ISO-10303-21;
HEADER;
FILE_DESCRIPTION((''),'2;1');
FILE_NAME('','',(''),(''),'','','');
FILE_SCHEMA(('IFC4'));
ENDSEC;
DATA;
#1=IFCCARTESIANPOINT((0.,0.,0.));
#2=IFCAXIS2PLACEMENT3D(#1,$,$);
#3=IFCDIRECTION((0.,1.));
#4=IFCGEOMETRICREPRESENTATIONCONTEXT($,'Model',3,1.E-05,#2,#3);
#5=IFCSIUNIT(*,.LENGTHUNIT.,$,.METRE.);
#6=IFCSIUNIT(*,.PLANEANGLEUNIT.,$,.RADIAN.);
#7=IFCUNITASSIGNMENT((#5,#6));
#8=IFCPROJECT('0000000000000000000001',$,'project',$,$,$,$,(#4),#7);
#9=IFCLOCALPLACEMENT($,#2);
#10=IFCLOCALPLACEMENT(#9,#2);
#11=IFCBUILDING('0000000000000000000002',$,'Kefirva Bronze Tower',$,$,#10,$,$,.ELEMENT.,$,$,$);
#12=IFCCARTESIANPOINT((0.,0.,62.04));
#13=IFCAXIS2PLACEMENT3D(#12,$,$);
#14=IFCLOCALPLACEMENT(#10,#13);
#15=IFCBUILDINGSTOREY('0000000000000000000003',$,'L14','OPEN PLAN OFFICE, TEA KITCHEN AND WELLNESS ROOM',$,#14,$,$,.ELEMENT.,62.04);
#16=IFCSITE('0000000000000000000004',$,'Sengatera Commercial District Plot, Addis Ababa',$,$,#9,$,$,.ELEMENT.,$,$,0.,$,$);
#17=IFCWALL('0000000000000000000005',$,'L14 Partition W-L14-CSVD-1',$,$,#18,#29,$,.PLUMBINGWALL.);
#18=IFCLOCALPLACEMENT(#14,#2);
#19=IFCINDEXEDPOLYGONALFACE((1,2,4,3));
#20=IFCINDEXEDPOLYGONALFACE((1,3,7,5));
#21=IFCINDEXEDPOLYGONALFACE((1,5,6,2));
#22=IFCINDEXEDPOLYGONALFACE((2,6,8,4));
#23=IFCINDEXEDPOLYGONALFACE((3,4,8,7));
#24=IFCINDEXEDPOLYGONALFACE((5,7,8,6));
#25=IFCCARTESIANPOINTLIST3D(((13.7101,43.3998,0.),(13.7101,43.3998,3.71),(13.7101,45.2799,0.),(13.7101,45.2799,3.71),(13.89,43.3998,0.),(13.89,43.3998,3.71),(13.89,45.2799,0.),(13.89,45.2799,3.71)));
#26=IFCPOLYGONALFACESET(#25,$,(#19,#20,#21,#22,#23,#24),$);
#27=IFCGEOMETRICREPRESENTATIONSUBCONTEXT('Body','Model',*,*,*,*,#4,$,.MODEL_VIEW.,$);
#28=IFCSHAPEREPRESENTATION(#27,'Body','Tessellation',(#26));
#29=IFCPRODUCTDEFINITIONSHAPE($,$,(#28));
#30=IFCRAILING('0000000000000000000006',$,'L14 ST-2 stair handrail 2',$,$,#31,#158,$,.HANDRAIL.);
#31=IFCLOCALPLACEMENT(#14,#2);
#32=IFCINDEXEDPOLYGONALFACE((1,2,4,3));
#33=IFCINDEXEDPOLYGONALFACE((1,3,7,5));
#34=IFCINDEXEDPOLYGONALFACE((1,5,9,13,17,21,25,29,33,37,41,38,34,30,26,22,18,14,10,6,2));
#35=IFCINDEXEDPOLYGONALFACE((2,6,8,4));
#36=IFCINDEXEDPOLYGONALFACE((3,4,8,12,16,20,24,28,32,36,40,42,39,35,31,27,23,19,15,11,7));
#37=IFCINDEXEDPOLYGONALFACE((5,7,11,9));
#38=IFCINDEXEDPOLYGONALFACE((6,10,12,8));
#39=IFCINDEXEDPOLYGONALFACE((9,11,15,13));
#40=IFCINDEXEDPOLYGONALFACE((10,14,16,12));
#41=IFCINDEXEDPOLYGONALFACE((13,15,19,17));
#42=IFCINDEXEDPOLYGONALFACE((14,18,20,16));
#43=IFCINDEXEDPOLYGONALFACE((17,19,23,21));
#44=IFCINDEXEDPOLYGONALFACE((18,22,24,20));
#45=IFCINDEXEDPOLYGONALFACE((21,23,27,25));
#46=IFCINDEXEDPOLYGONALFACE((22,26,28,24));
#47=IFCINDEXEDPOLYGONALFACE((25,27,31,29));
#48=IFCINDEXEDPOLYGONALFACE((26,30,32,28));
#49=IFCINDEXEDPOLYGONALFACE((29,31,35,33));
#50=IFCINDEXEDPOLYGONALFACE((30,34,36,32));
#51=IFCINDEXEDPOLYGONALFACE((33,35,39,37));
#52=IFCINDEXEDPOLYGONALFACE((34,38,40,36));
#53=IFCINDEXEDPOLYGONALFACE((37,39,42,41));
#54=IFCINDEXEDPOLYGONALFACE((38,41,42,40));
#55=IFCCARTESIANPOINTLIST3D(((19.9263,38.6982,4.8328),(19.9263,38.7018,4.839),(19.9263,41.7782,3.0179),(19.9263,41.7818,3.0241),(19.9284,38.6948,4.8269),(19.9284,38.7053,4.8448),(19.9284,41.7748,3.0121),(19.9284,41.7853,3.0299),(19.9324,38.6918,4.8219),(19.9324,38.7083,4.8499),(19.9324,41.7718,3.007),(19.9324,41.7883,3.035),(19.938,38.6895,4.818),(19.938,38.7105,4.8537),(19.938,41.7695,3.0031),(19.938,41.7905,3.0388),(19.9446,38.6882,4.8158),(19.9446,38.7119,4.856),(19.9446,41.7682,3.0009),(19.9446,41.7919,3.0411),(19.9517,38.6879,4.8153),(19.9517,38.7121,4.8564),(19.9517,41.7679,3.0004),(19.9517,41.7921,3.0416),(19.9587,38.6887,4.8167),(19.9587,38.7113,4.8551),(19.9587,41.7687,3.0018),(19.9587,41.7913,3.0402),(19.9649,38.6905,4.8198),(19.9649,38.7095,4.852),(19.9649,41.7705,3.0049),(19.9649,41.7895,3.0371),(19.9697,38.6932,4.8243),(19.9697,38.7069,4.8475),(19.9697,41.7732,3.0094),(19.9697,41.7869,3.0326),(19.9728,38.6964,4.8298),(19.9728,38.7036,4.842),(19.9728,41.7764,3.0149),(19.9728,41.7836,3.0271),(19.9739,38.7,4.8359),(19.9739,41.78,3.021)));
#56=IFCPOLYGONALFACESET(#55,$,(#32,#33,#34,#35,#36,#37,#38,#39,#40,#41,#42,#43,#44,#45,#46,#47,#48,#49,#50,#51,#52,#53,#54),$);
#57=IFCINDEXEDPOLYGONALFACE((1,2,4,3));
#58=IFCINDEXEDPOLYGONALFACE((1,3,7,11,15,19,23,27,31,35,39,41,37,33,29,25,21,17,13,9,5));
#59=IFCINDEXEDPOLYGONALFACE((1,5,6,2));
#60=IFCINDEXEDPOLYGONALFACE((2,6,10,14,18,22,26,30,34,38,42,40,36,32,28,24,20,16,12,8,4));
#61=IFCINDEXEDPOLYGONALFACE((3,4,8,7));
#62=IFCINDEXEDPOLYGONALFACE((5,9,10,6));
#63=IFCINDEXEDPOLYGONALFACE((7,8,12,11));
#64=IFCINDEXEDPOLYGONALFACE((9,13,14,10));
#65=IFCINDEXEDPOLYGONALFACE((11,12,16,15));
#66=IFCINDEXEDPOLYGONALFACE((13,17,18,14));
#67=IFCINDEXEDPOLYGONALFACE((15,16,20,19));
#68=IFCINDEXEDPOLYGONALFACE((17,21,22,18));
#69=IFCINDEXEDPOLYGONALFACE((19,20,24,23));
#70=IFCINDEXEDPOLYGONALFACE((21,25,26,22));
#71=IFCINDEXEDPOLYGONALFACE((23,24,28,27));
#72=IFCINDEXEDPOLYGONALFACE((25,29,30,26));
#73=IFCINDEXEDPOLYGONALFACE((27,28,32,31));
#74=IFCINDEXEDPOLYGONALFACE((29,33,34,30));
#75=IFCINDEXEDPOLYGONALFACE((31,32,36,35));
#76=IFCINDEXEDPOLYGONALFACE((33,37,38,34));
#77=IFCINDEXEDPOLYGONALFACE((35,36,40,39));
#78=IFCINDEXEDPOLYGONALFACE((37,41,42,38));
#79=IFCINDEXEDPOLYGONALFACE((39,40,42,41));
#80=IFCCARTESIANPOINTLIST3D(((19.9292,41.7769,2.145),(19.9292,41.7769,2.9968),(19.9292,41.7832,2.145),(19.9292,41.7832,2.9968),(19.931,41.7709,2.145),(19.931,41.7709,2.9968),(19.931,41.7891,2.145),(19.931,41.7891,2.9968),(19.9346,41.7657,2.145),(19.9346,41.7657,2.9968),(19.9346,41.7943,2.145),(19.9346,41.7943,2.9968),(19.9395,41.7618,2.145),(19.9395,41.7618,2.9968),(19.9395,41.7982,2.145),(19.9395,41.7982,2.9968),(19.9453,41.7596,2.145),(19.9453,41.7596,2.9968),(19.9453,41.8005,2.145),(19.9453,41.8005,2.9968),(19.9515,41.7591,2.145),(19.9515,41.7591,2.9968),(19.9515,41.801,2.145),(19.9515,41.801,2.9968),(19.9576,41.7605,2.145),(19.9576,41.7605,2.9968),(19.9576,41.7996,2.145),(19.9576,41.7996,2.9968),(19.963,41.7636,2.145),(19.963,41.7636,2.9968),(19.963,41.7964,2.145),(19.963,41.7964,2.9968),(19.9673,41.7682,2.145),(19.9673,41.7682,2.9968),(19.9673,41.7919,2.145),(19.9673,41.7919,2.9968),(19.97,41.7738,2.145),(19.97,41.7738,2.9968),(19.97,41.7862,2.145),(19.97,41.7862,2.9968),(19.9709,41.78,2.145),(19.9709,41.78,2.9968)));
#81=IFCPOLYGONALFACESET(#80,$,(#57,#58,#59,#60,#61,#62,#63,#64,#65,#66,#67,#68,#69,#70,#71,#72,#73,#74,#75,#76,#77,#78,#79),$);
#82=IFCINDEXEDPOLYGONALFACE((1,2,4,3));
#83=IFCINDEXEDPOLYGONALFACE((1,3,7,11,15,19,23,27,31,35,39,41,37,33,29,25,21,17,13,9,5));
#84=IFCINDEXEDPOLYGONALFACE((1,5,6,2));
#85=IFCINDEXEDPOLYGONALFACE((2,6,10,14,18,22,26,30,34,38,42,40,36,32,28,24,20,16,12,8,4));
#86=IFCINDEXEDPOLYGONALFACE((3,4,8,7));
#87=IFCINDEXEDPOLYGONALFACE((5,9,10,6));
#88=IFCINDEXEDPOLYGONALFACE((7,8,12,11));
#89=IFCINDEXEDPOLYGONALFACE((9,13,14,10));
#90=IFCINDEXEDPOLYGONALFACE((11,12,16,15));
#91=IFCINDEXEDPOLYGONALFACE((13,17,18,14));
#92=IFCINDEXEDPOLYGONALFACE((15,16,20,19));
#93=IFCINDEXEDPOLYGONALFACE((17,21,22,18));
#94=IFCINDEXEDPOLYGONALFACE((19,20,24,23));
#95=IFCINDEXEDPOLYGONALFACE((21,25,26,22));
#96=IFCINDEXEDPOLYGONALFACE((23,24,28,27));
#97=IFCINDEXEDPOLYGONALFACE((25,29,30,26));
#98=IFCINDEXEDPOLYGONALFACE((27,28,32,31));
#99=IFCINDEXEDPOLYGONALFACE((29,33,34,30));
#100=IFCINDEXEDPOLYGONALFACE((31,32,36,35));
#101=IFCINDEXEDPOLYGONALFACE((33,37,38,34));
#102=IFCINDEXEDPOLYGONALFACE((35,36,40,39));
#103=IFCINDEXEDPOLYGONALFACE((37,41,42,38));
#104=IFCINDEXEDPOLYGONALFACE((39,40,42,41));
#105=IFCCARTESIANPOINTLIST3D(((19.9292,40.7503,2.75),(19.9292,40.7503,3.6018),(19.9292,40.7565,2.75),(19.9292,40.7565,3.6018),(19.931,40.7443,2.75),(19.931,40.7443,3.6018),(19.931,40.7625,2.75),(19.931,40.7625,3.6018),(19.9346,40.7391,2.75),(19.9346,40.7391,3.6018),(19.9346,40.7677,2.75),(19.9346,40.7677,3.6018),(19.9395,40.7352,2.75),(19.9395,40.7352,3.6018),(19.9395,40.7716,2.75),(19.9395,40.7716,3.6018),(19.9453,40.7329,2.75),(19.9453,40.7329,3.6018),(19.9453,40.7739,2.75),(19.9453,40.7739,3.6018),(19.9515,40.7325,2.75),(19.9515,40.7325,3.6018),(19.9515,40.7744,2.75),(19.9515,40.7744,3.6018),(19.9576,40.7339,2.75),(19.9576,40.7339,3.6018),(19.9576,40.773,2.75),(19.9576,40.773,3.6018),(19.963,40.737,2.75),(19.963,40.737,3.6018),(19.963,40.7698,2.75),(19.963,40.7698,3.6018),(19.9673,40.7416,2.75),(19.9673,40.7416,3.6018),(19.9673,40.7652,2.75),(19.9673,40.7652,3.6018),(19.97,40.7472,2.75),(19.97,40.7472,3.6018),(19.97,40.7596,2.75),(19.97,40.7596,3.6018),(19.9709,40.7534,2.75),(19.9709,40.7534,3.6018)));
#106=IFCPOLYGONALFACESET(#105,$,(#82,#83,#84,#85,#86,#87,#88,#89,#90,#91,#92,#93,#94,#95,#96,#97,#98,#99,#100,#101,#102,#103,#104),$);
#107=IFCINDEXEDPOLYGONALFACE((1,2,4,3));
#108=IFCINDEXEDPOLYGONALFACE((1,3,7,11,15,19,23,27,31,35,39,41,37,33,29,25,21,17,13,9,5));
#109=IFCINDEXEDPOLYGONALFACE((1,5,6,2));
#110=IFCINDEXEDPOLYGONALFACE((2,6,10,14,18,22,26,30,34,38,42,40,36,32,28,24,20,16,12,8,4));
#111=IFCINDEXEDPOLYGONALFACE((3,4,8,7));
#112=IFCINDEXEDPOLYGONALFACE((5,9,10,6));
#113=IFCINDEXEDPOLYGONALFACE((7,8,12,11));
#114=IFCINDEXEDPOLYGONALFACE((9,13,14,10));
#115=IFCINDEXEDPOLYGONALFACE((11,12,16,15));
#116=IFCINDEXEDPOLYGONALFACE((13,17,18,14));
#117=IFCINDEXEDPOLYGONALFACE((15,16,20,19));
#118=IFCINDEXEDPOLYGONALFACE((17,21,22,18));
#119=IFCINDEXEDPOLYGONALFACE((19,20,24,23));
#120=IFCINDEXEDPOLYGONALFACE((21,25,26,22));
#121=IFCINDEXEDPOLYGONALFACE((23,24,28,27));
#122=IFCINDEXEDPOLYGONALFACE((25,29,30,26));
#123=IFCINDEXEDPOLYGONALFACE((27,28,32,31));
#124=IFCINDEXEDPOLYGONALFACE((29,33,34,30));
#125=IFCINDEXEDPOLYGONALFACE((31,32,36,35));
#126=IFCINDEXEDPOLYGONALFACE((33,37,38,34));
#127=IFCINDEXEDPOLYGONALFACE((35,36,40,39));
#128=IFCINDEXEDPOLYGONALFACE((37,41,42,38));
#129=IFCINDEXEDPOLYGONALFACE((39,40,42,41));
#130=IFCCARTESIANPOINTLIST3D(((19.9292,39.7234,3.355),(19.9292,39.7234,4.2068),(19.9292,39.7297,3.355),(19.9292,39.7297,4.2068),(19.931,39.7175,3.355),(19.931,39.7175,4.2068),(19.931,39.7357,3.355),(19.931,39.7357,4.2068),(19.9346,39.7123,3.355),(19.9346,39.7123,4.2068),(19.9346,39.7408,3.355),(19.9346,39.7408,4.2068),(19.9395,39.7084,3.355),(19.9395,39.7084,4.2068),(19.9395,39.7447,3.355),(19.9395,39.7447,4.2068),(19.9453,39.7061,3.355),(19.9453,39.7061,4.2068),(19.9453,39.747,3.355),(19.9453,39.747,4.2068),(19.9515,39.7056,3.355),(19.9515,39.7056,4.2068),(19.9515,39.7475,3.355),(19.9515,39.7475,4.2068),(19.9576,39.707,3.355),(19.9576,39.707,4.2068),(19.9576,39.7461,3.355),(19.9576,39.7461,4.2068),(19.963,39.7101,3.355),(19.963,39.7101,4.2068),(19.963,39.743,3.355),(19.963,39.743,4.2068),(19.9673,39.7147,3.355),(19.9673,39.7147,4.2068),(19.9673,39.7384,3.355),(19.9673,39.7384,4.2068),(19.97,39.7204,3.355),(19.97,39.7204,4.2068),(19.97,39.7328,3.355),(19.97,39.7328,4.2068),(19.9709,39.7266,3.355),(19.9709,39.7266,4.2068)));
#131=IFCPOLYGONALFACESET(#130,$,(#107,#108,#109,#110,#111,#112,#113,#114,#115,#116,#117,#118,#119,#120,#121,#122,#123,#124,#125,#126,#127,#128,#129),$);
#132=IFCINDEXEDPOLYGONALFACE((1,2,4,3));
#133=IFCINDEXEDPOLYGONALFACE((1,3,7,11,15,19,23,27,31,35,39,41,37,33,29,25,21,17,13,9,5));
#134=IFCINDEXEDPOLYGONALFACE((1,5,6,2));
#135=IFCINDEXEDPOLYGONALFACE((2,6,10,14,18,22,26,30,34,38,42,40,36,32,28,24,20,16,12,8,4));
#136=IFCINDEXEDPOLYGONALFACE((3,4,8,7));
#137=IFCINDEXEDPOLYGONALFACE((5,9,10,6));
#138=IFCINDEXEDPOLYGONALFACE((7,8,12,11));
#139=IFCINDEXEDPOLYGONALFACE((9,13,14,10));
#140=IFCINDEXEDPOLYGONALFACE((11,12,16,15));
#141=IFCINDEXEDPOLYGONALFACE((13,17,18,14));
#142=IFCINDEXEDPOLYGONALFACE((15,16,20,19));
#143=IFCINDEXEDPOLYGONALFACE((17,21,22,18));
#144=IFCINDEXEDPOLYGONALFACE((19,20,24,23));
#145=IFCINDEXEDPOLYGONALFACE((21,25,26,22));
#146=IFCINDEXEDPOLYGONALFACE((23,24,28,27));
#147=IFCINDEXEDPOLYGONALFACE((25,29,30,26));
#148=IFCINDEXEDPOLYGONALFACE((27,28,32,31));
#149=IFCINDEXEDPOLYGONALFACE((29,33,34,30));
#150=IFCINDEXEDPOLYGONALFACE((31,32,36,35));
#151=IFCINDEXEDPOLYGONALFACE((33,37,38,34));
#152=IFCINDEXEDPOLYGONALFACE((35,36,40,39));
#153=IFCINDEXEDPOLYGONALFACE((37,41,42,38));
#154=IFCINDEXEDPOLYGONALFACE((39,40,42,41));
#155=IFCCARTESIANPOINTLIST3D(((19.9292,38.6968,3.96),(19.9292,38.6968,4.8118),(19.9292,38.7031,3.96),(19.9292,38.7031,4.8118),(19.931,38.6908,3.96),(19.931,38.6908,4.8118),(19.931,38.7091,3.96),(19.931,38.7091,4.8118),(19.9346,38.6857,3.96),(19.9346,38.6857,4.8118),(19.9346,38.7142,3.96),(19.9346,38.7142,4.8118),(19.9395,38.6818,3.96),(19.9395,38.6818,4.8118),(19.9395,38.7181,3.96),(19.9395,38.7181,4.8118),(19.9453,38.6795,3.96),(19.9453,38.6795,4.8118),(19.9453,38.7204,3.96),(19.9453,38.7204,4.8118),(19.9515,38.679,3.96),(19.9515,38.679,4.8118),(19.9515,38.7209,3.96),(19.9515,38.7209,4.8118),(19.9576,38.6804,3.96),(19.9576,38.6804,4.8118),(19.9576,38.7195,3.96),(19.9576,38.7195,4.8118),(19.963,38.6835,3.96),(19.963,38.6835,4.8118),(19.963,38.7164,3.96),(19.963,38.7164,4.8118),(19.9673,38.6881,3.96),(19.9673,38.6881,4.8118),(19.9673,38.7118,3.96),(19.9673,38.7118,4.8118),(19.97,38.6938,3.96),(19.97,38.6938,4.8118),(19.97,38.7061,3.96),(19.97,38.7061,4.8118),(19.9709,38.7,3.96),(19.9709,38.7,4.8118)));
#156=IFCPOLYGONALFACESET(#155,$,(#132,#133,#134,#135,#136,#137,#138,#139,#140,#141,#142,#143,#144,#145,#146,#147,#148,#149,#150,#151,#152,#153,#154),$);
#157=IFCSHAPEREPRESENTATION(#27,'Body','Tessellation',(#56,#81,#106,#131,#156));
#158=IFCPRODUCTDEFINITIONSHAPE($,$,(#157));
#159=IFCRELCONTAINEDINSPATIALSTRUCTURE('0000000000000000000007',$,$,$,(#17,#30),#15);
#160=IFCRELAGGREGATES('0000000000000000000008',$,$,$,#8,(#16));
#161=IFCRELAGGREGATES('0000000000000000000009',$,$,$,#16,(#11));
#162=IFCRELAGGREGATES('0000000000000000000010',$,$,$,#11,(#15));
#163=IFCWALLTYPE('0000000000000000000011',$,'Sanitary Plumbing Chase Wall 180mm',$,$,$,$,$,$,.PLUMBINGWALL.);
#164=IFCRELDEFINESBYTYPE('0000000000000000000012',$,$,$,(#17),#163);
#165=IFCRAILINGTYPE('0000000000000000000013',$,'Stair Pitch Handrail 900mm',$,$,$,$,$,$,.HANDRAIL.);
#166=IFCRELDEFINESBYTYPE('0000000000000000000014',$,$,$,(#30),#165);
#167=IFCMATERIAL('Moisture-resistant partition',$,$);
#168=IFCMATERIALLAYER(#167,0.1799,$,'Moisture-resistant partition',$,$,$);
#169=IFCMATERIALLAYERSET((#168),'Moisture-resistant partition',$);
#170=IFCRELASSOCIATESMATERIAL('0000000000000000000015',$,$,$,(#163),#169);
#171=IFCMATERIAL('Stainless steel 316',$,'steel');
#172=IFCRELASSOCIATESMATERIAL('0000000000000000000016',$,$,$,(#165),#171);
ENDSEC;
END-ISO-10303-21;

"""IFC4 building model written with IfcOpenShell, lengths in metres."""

from ifc_helpers import new_model, si_unit, direction, frame, frame_2d, origin, origin_2d, place, context, subcontext, project, spatial, rectangle, circle, extrude, material, layer, layer_set, type_object, element, save


model = new_model("IFC4")

# Units and contexts
model_context = context("Model", 3, precision=1e-05, world=origin(), true_north=direction((0.0, 1.0)))
body_context = subcontext(model_context, "Body", "Model", "MODEL_VIEW")
ifc_project = project(units=[si_unit("LENGTHUNIT", "METRE"), si_unit("PLANEANGLEUNIT", "RADIAN")], contexts=[model_context])

# Site, building, storey
site_placement = place(None, origin())
site = spatial("IfcSite", under=ifc_project, at=site_placement, Name="Sengatera Commercial District Plot, Addis Ababa", CompositionType="ELEMENT", RefElevation=0.0)
building_placement = place(site_placement, origin())
building = spatial("IfcBuilding", under=site, at=building_placement, Name="Kefirva Bronze Tower", CompositionType="ELEMENT")
storey_placement = place(building_placement, frame((0.0, 0.0, 62.04)))
storey = spatial("IfcBuildingStorey", under=building, at=storey_placement, Name="L14", Description="OPEN PLAN OFFICE, TEA KITCHEN AND WELLNESS ROOM", CompositionType="ELEMENT", Elevation=62.04)

# Wall
ifc_material_1 = material(Name="Moisture-resistant partition")
ifc_layer_1 = layer(ifc_material_1, 0.1799, Name="Moisture-resistant partition")
ifc_layer_set_1 = layer_set([ifc_layer_1], Name="Moisture-resistant partition")
wall_type_1 = type_object("IfcWallType", Name="Sanitary Plumbing Chase Wall 180mm", PredefinedType="PLUMBINGWALL", material=ifc_layer_set_1)
for number, where, z_axis, x_axis, name in (
    (1, (13.8, 43.3999, 0.0), (0.0, 0.0, 1.0), (0.0, 1.0, 0.0), "L14 Partition W-L14-CSVD-1"),
):
    element("IfcWall", number, at=place(storey_placement, frame(where, z_axis=z_axis, x_axis=x_axis)), inside=storey, type_object=wall_type_1, Name=name, PredefinedType="PLUMBINGWALL", context=body_context, shape_type="SweptSolid", body=[
        extrude(rectangle(XDim=1.8801, YDim=0.1799, at=frame_2d((0.9399, 0.0))), origin(), (0.0, 0.0, 1.0), 3.71),
    ])

# Railing
ifc_material_2 = material(Name="Stainless steel 316", Category="steel")
railing_type = type_object("IfcRailingType", Name="Stair Pitch Handrail 900mm", PredefinedType="HANDRAIL", material=ifc_material_2)
railing_placement = place(storey_placement, frame((19.95, 41.78, 2.145)))
element("IfcRailing", 2, at=railing_placement, inside=storey, type_object=railing_type, Name="L14 ST-2 stair handrail 2", PredefinedType="HANDRAIL", context=body_context, shape_type="SweptSolid", body=[
    extrude(circle(Radius=0.0239, at=origin_2d()), frame((0.0, 0.0, 0.876), z_axis=(0.0, -0.861551, 0.507671), x_axis=(1.0, 0.0, 0.0)), (0.0, 0.0, 1.0), 3.575),
    extrude(circle(Radius=0.021, at=origin_2d()), origin(), (0.0, 0.0, 1.0), 0.8518),
    extrude(circle(Radius=0.021, at=origin_2d()), frame((0.0, -1.0266, 0.605)), (0.0, 0.0, 1.0), 0.8518),
    extrude(circle(Radius=0.021, at=origin_2d()), frame((0.0, -2.0535, 1.21)), (0.0, 0.0, 1.0), 0.8518),
    extrude(circle(Radius=0.021, at=origin_2d()), frame((0.0, -3.0801, 1.8149)), (0.0, 0.0, 1.0), 0.8518),
])

save(model, "model.ifc")
